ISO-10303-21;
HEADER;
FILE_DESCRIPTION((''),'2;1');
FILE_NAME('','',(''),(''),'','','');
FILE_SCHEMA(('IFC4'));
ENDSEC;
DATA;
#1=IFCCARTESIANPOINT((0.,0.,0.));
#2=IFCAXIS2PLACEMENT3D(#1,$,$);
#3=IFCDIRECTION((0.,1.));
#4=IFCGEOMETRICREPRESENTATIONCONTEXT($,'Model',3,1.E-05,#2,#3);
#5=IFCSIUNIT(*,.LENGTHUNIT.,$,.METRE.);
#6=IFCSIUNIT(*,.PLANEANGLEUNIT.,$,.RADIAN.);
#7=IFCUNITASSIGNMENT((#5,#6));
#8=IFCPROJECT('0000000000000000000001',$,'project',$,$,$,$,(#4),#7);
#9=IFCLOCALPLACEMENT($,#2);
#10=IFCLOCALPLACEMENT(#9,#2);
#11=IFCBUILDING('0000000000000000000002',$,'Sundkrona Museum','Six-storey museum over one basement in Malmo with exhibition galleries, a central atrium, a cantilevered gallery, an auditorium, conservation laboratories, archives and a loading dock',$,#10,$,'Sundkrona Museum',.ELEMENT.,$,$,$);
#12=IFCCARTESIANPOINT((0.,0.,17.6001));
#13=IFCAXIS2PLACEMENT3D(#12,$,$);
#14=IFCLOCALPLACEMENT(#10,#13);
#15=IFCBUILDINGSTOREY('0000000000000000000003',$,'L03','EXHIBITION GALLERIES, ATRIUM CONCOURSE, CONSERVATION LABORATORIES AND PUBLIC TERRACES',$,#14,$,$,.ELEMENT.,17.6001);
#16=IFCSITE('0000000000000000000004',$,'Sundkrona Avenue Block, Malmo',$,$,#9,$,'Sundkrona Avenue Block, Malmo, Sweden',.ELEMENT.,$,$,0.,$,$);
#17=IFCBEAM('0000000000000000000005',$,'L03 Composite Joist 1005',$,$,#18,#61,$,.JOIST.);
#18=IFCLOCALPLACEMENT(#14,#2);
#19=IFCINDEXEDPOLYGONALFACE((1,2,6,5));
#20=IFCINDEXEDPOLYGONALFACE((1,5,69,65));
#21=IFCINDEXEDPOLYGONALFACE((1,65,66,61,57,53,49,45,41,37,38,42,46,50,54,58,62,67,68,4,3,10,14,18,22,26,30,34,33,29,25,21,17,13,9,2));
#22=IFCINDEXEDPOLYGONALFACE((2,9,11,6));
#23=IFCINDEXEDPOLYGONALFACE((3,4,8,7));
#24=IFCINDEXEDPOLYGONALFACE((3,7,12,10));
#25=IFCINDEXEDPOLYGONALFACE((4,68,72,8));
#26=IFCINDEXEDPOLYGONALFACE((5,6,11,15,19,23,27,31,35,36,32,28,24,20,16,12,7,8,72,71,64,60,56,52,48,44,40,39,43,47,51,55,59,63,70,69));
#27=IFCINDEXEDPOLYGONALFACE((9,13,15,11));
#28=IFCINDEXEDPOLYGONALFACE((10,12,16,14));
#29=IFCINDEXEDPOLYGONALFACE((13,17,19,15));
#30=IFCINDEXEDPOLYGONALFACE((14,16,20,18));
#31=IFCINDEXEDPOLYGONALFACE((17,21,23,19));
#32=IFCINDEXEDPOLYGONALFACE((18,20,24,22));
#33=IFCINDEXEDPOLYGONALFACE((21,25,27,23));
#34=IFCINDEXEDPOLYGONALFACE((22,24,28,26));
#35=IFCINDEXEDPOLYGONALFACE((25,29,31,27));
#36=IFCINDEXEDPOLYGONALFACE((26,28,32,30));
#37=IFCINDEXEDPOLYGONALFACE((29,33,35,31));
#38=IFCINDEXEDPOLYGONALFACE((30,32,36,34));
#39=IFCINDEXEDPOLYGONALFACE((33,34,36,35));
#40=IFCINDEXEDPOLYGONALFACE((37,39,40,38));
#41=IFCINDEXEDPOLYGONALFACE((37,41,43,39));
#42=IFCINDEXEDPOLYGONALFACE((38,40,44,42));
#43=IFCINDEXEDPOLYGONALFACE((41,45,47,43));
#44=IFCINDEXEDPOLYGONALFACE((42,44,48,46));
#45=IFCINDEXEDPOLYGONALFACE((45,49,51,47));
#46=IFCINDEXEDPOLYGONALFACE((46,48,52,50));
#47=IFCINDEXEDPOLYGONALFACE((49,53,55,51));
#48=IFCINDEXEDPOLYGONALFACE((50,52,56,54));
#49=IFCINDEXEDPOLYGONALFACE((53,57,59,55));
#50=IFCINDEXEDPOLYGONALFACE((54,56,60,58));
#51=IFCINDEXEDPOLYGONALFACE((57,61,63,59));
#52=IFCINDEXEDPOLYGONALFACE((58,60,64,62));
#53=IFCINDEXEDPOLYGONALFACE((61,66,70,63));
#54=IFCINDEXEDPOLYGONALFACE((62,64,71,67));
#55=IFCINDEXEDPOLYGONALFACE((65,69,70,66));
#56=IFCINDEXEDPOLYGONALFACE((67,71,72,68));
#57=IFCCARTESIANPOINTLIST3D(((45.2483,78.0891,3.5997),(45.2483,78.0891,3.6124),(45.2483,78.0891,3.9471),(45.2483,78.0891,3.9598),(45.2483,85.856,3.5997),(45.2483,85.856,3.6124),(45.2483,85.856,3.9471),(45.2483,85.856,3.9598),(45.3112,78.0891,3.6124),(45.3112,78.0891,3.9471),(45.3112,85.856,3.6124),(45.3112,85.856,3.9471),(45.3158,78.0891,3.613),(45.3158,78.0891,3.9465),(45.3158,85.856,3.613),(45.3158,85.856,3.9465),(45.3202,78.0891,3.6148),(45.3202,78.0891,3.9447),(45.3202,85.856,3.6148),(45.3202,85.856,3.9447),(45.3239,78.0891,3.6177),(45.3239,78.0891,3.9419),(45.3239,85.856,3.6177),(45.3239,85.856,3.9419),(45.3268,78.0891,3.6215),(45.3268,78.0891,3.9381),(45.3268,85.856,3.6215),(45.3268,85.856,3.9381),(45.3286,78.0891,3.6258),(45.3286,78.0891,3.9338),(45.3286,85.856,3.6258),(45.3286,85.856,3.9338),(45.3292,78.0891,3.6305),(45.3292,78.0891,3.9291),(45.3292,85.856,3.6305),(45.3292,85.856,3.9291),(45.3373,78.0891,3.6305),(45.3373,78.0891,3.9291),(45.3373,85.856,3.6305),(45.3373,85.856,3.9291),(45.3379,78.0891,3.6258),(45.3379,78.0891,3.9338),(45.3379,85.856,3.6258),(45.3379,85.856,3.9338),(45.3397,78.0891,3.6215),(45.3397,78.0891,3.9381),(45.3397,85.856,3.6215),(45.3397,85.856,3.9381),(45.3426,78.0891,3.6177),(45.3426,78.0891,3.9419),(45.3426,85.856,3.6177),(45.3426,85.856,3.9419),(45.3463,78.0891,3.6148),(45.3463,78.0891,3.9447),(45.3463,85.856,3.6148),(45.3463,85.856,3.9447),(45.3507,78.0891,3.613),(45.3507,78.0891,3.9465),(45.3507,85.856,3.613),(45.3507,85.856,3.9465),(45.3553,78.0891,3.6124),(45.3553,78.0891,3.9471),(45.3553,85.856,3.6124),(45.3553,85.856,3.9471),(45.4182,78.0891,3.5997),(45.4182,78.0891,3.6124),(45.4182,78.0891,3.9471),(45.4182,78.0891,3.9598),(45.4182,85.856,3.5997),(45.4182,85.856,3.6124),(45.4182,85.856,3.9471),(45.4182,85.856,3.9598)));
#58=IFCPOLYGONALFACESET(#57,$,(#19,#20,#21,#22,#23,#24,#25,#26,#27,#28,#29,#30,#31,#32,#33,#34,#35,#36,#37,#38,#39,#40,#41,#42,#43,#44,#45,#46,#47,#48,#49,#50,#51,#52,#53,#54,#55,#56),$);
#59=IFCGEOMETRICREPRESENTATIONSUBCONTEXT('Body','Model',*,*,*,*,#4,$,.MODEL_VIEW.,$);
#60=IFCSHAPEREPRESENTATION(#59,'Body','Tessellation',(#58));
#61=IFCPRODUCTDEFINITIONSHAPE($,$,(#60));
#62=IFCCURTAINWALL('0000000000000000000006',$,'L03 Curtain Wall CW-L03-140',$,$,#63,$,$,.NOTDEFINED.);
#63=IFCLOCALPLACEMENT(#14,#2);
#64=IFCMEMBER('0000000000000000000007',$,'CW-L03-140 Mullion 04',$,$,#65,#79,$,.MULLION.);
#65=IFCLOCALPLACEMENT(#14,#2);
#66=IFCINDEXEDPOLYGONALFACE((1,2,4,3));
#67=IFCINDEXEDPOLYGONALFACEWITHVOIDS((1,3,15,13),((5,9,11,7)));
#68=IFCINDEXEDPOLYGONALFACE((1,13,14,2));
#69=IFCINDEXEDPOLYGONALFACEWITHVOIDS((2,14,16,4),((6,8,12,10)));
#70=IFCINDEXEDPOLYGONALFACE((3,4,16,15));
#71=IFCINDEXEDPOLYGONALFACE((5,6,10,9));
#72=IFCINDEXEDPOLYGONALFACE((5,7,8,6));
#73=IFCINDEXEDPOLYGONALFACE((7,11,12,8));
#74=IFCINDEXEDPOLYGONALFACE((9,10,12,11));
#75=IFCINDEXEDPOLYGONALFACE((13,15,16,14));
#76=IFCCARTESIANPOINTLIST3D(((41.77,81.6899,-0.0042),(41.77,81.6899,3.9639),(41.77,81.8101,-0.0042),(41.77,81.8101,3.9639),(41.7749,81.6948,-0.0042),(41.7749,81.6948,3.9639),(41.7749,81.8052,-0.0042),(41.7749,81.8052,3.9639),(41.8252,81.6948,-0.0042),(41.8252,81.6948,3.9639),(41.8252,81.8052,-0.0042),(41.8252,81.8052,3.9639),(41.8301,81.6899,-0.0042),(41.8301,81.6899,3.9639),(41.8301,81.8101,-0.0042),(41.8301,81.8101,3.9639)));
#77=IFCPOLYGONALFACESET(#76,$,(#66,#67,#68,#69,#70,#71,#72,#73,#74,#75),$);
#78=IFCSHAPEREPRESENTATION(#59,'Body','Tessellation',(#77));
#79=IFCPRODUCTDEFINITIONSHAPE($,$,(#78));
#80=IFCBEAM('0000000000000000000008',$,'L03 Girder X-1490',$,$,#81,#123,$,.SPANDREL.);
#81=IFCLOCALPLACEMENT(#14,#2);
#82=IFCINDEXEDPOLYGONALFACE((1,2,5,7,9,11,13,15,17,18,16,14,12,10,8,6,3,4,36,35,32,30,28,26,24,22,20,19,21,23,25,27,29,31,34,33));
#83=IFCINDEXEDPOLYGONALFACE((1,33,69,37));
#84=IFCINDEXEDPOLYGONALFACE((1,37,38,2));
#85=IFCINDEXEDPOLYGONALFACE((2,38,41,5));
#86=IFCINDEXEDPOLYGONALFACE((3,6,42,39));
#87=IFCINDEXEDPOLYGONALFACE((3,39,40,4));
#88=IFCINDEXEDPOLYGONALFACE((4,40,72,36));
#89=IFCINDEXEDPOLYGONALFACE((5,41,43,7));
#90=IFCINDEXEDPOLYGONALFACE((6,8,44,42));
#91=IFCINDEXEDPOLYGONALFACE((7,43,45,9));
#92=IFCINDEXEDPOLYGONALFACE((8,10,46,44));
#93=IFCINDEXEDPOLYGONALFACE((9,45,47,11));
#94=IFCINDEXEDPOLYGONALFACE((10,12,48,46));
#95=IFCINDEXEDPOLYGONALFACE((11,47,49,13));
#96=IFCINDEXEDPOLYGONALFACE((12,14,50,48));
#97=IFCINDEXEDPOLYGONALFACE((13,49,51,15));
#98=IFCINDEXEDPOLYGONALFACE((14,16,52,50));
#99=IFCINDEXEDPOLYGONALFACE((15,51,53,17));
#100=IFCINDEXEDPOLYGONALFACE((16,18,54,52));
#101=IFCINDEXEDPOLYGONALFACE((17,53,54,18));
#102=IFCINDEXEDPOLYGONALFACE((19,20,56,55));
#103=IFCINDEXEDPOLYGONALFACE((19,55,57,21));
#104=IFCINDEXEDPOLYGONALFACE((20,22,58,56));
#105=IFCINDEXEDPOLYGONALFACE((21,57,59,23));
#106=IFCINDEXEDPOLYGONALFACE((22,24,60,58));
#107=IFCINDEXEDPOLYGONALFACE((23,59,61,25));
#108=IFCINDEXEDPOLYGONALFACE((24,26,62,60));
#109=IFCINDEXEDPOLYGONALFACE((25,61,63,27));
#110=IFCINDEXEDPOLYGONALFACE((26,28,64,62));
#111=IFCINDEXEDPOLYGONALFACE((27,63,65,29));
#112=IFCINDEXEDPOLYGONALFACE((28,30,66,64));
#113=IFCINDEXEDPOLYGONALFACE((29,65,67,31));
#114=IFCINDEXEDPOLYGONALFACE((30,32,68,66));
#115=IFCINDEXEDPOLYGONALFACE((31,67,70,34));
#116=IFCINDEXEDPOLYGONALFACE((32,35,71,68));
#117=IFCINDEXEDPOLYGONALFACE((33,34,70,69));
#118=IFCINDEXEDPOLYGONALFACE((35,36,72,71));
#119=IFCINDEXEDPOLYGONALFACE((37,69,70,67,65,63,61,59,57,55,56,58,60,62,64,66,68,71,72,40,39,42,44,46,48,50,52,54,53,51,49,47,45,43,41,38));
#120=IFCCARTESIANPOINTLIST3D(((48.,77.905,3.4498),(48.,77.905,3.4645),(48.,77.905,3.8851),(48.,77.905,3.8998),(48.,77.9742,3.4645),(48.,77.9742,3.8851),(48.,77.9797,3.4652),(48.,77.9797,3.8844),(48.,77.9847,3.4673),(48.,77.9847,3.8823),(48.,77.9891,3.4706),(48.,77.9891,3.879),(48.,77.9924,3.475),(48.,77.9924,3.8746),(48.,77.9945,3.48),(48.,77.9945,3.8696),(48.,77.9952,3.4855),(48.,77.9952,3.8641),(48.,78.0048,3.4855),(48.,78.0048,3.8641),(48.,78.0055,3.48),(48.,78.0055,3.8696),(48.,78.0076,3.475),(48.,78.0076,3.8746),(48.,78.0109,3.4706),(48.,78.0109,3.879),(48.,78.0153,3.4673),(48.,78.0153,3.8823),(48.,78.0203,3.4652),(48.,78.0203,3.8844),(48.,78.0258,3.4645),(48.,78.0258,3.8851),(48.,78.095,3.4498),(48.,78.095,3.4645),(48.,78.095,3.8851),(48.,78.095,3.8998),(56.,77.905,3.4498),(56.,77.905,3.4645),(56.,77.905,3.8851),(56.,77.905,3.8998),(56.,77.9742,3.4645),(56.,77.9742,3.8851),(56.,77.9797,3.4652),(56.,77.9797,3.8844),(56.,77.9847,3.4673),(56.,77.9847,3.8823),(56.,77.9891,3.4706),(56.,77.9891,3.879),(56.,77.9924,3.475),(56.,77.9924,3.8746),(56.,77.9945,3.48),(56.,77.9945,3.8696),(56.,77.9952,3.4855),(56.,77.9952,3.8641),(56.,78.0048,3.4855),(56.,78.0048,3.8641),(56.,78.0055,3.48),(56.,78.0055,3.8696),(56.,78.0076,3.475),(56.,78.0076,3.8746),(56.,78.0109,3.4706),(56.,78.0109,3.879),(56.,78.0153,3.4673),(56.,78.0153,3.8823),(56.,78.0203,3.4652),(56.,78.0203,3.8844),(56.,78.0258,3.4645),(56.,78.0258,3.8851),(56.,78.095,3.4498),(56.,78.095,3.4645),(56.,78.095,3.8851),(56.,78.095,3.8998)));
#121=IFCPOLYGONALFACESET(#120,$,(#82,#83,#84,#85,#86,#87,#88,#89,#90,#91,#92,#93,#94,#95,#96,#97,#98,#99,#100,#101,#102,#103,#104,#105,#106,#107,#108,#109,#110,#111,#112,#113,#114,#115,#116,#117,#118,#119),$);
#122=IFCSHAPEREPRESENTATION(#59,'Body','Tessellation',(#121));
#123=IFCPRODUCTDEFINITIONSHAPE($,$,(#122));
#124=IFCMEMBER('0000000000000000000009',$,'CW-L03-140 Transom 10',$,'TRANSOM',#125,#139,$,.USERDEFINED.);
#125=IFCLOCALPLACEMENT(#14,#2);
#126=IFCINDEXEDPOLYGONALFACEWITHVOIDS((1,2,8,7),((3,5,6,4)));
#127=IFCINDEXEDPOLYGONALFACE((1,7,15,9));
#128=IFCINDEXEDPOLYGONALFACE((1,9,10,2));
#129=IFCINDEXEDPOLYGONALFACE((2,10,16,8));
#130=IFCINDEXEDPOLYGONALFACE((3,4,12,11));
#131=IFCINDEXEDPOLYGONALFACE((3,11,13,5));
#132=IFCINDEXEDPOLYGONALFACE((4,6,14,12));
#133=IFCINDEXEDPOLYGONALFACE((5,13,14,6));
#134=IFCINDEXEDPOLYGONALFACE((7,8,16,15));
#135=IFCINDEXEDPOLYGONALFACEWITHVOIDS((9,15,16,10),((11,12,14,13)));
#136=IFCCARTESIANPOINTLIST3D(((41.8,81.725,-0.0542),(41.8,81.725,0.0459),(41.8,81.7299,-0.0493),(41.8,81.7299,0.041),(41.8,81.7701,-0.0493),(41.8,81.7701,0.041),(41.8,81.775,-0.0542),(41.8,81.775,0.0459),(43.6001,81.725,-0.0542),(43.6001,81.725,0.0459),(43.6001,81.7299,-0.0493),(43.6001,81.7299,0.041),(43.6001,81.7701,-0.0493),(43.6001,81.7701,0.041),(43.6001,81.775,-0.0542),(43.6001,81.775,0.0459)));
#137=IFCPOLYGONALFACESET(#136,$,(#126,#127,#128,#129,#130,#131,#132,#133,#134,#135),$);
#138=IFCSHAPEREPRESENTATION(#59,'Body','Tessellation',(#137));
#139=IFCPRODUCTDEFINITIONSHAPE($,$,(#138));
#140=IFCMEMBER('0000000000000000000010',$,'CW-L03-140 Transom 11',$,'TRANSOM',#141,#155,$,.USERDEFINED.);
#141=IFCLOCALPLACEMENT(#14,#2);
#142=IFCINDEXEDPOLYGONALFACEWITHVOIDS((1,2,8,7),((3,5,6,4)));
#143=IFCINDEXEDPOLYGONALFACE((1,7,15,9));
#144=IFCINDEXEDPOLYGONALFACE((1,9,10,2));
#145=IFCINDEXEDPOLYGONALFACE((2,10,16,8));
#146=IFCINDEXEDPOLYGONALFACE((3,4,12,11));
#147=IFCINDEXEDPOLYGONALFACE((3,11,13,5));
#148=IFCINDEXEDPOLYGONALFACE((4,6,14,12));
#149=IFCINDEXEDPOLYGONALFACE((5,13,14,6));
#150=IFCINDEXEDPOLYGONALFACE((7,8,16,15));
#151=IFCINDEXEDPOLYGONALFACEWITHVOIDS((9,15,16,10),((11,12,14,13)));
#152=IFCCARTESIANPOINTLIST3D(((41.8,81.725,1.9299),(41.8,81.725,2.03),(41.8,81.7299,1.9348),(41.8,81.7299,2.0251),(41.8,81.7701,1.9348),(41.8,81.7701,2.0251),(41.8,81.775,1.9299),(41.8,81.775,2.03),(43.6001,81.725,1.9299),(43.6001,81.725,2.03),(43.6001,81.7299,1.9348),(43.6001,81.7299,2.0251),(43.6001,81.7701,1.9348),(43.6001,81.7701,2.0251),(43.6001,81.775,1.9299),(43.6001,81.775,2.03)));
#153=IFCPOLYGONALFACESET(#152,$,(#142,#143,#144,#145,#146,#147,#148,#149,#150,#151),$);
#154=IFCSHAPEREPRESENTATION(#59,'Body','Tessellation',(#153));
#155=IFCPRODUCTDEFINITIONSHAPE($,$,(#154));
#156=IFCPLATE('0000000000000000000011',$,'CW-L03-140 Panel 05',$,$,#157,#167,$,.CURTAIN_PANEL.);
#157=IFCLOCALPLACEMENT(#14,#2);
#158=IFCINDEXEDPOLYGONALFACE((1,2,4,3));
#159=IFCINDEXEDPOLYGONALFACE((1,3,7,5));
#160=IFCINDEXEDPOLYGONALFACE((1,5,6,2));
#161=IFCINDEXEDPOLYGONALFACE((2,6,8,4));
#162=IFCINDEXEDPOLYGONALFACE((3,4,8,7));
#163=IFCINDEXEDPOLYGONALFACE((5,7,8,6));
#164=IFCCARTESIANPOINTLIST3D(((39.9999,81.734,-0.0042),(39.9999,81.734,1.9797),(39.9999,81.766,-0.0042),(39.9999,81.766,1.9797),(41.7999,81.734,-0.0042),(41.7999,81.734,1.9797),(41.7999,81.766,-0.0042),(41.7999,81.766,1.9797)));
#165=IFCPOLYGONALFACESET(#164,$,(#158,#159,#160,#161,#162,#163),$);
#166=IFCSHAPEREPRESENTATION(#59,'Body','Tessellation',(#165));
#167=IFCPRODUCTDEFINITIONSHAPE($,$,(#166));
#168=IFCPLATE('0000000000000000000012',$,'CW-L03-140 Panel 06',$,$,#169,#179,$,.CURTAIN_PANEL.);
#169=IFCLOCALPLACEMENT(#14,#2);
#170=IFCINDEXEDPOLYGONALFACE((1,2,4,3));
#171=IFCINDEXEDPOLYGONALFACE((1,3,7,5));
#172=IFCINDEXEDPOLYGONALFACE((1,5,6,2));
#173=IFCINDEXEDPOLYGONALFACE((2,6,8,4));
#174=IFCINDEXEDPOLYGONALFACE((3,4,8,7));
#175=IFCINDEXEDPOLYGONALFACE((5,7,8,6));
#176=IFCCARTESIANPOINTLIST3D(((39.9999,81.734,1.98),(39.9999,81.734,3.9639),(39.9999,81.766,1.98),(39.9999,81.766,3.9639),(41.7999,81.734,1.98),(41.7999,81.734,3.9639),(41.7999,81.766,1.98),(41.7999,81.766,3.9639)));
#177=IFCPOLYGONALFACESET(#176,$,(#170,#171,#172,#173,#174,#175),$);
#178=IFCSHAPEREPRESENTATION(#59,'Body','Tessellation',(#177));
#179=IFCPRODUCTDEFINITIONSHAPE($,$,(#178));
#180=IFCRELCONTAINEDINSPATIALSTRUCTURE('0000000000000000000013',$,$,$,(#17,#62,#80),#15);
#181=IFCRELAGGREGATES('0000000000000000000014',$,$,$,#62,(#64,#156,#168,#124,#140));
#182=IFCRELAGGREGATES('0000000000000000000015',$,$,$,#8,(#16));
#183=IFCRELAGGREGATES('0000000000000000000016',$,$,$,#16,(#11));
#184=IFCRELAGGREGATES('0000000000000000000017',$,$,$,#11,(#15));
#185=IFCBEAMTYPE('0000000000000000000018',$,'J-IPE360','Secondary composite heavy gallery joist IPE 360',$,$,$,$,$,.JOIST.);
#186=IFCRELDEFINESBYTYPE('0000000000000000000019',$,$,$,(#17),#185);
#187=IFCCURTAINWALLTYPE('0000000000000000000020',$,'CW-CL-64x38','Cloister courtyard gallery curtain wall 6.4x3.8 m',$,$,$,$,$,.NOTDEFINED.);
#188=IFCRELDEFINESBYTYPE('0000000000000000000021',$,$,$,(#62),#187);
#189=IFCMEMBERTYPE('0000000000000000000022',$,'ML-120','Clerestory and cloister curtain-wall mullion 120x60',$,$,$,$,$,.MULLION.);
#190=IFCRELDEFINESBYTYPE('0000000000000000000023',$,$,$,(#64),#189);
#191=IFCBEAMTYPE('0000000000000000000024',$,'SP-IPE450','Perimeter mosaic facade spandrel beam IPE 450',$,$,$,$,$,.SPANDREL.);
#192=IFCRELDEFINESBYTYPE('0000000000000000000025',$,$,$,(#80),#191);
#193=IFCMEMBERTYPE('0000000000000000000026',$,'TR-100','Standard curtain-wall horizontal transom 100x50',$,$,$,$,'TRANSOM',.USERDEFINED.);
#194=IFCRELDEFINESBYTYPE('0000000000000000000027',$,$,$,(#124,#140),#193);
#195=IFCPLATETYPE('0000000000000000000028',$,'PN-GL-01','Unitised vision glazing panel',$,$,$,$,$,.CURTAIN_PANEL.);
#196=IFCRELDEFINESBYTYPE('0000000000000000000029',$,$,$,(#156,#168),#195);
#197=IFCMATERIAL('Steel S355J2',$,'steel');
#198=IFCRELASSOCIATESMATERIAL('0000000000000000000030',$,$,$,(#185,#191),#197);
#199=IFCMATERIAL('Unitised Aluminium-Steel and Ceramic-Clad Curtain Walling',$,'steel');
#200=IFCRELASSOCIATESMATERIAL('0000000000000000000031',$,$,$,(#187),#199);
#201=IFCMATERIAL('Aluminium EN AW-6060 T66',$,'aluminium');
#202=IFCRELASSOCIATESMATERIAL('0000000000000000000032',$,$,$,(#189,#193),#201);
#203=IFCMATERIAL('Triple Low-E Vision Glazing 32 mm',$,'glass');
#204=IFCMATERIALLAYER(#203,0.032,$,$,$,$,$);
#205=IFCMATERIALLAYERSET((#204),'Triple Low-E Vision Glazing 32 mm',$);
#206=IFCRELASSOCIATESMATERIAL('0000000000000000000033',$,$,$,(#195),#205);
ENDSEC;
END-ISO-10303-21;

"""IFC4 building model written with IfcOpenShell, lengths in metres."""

from ifc_helpers import new_model, si_unit, direction, frame, origin, origin_2d, place, context, subcontext, project, spatial, rectangle, hollow_rectangle, i_section, extrude, material, layer, layer_set, material_profile, profile_set, type_object, element, aggregate, save


model = new_model("IFC4")

# Units and contexts
model_context = context("Model", 3, precision=1e-05, world=origin(), true_north=direction((0.0, 1.0)))
body_context = subcontext(model_context, "Body", "Model", "MODEL_VIEW")
ifc_project = project(units=[si_unit("LENGTHUNIT", "METRE"), si_unit("PLANEANGLEUNIT", "RADIAN")], contexts=[model_context])

# Site, building, storey
site_placement = place(None, origin())
site = spatial("IfcSite", under=ifc_project, at=site_placement, Name="Sundkrona Avenue Block, Malmo", LongName="Sundkrona Avenue Block, Malmo, Sweden", CompositionType="ELEMENT", RefElevation=0.0)
building_placement = place(site_placement, origin())
building = spatial("IfcBuilding", under=site, at=building_placement, Name="Sundkrona Museum", Description="Six-storey museum over one basement in Malmo with exhibition galleries, a central atrium, a cantilevered gallery, an auditorium, conservation laboratories, archives and a loading dock", LongName="Sundkrona Museum", CompositionType="ELEMENT")
storey_placement = place(building_placement, frame((0.0, 0.0, 17.6001)))
storey = spatial("IfcBuildingStorey", under=building, at=storey_placement, Name="L03", Description="EXHIBITION GALLERIES, ATRIUM CONCOURSE, CONSERVATION LABORATORIES AND PUBLIC TERRACES", CompositionType="ELEMENT", Elevation=17.6001)

# Shared definitions
ifc_material_1 = material(Name="Steel S355J2", Category="steel")

# Beam
ifc_material_profile_1 = material_profile(ifc_material_1, i_section(OverallWidth=0.1699, OverallDepth=0.3601, WebThickness=0.0081, FlangeThickness=0.0127, FilletRadius=0.0181, at=origin_2d()), Name="IPE 360")
ifc_profile_set_1 = profile_set([ifc_material_profile_1], Name="Steel S355J2")
beam_type_1 = type_object("IfcBeamType", Name="J-IPE360", Description="Secondary composite heavy gallery joist IPE 360", PredefinedType="JOIST", material=ifc_profile_set_1)
beam_1_placement = place(storey_placement, frame((45.3333, 78.0891, 3.7798), z_axis=(0.0, 1.0, 0.0), x_axis=(-1.0, 0.0, 0.0)))
element("IfcBeam", 1, at=beam_1_placement, inside=storey, type_object=beam_type_1, Name="L03 Composite Joist 1005", PredefinedType="JOIST", context=body_context, shape_type="SweptSolid", body=[
    extrude(i_section(OverallWidth=0.1699, OverallDepth=0.3601, WebThickness=0.0081, FlangeThickness=0.0127, FilletRadius=0.0181, at=origin_2d()), origin(), (0.0, 0.0, 1.0), 7.7668),
])

# Curtain wall, member
ifc_material_2 = material(Name="Unitised Aluminium-Steel and Ceramic-Clad Curtain Walling", Category="steel")
curtain_wall_type = type_object("IfcCurtainWallType", Name="CW-CL-64x38", Description="Cloister courtyard gallery curtain wall 6.4x3.8 m", PredefinedType="NOTDEFINED", material=ifc_material_2)
curtain_wall_placement = place(storey_placement, origin())
curtain_wall = element("IfcCurtainWall", 2, at=curtain_wall_placement, inside=storey, type_object=curtain_wall_type, Name="L03 Curtain Wall CW-L03-140", PredefinedType="NOTDEFINED")
ifc_material_3 = material(Name="Aluminium EN AW-6060 T66", Category="aluminium")
ifc_material_profile_2 = material_profile(ifc_material_3, hollow_rectangle(XDim=0.0601, YDim=0.1201, WallThickness=0.0049, at=origin_2d()), Name="RHS 120x60x5.0")
ifc_profile_set_2 = profile_set([ifc_material_profile_2], Name="Aluminium EN AW-6060 T66")
member_type_1 = type_object("IfcMemberType", Name="ML-120", Description="Clerestory and cloister curtain-wall mullion 120x60", PredefinedType="MULLION", material=ifc_profile_set_2)
member_1_placement = place(storey_placement, frame((41.8, 81.75, -0.0042), z_axis=(0.0, 0.0, 1.0), x_axis=(1.0, 0.0, 0.0)))
member_1 = element("IfcMember", 3, at=member_1_placement, type_object=member_type_1, Name="CW-L03-140 Mullion 04", PredefinedType="MULLION", context=body_context, shape_type="SweptSolid", body=[
    extrude(hollow_rectangle(XDim=0.0601, YDim=0.1201, WallThickness=0.0049, at=origin_2d()), origin(), (0.0, 0.0, 1.0), 3.968),
])

# Beam
ifc_material_profile_3 = material_profile(ifc_material_1, i_section(OverallWidth=0.1899, OverallDepth=0.45, WebThickness=0.0095, FlangeThickness=0.0146, FilletRadius=0.021, at=origin_2d()), Name="IPE 450")
ifc_profile_set_3 = profile_set([ifc_material_profile_3], Name="Steel S355J2")
beam_type_2 = type_object("IfcBeamType", Name="SP-IPE450", Description="Perimeter mosaic facade spandrel beam IPE 450", PredefinedType="SPANDREL", material=ifc_profile_set_3)
beam_2_placement = place(storey_placement, frame((48.0, 78.0, 3.6748), z_axis=(1.0, 0.0, 0.0), x_axis=(0.0, 1.0, 0.0)))
element("IfcBeam", 4, at=beam_2_placement, inside=storey, type_object=beam_type_2, Name="L03 Girder X-1490", PredefinedType="SPANDREL", context=body_context, shape_type="SweptSolid", body=[
    extrude(i_section(OverallWidth=0.1899, OverallDepth=0.45, WebThickness=0.0095, FlangeThickness=0.0146, FilletRadius=0.021, at=origin_2d()), origin(), (0.0, 0.0, 1.0), 8.0),
])

# Members
ifc_material_profile_4 = material_profile(ifc_material_3, hollow_rectangle(XDim=0.05, YDim=0.1001, WallThickness=0.0049, at=origin_2d()), Name="RHS 100x50x5.0")
ifc_profile_set_4 = profile_set([ifc_material_profile_4], Name="Aluminium EN AW-6060 T66")
member_type_2 = type_object("IfcMemberType", Name="TR-100", Description="Standard curtain-wall horizontal transom 100x50", ElementType="TRANSOM", PredefinedType="USERDEFINED", material=ifc_profile_set_4)
member_2_placement = place(storey_placement, frame((41.8, 81.75, -0.0042), z_axis=(1.0, 0.0, 0.0), x_axis=(0.0, 1.0, 0.0)))
member_2 = element("IfcMember", 5, at=member_2_placement, type_object=member_type_2, Name="CW-L03-140 Transom 10", ObjectType="TRANSOM", PredefinedType="USERDEFINED", context=body_context, shape_type="SweptSolid", body=[
    extrude(hollow_rectangle(XDim=0.05, YDim=0.1001, WallThickness=0.0049, at=origin_2d()), origin(), (0.0, 0.0, 1.0), 1.8),
])
member_3_placement = place(storey_placement, frame((41.8, 81.75, 1.98), z_axis=(1.0, 0.0, 0.0), x_axis=(0.0, 1.0, 0.0)))
member_3 = element("IfcMember", 6, at=member_3_placement, type_object=member_type_2, Name="CW-L03-140 Transom 11", ObjectType="TRANSOM", PredefinedType="USERDEFINED", context=body_context, shape_type="SweptSolid", body=[
    extrude(hollow_rectangle(XDim=0.05, YDim=0.1001, WallThickness=0.0049, at=origin_2d()), origin(), (0.0, 0.0, 1.0), 1.8),
])

# Plates
ifc_material_4 = material(Name="Triple Low-E Vision Glazing 32 mm", Category="glass")
ifc_layer_1 = layer(ifc_material_4, 0.032)
ifc_layer_set_1 = layer_set([ifc_layer_1], Name="Triple Low-E Vision Glazing 32 mm")
plate_type = type_object("IfcPlateType", Name="PN-GL-01", Description="Unitised vision glazing panel", PredefinedType="CURTAIN_PANEL", material=ifc_layer_set_1)
plate_1_placement = place(storey_placement, frame((40.8999, 81.75, -0.0042), z_axis=(0.0, 0.0, 1.0), x_axis=(1.0, 0.0, 0.0)))
plate_1 = element("IfcPlate", 7, at=plate_1_placement, type_object=plate_type, Name="CW-L03-140 Panel 05", PredefinedType="CURTAIN_PANEL", context=body_context, shape_type="SweptSolid", body=[
    extrude(rectangle(XDim=1.8, YDim=0.032, at=origin_2d()), origin(), (0.0, 0.0, 1.0), 1.9839),
])
plate_2_placement = place(storey_placement, frame((40.8999, 81.75, 1.98), z_axis=(0.0, 0.0, 1.0), x_axis=(1.0, 0.0, 0.0)))
plate_2 = element("IfcPlate", 8, at=plate_2_placement, type_object=plate_type, Name="CW-L03-140 Panel 06", PredefinedType="CURTAIN_PANEL", context=body_context, shape_type="SweptSolid", body=[
    extrude(rectangle(XDim=1.8, YDim=0.032, at=origin_2d()), origin(), (0.0, 0.0, 1.0), 1.9839),
])
aggregate(curtain_wall, [member_1, plate_1, plate_2, member_2, member_3])

save(model, "model.ifc")
